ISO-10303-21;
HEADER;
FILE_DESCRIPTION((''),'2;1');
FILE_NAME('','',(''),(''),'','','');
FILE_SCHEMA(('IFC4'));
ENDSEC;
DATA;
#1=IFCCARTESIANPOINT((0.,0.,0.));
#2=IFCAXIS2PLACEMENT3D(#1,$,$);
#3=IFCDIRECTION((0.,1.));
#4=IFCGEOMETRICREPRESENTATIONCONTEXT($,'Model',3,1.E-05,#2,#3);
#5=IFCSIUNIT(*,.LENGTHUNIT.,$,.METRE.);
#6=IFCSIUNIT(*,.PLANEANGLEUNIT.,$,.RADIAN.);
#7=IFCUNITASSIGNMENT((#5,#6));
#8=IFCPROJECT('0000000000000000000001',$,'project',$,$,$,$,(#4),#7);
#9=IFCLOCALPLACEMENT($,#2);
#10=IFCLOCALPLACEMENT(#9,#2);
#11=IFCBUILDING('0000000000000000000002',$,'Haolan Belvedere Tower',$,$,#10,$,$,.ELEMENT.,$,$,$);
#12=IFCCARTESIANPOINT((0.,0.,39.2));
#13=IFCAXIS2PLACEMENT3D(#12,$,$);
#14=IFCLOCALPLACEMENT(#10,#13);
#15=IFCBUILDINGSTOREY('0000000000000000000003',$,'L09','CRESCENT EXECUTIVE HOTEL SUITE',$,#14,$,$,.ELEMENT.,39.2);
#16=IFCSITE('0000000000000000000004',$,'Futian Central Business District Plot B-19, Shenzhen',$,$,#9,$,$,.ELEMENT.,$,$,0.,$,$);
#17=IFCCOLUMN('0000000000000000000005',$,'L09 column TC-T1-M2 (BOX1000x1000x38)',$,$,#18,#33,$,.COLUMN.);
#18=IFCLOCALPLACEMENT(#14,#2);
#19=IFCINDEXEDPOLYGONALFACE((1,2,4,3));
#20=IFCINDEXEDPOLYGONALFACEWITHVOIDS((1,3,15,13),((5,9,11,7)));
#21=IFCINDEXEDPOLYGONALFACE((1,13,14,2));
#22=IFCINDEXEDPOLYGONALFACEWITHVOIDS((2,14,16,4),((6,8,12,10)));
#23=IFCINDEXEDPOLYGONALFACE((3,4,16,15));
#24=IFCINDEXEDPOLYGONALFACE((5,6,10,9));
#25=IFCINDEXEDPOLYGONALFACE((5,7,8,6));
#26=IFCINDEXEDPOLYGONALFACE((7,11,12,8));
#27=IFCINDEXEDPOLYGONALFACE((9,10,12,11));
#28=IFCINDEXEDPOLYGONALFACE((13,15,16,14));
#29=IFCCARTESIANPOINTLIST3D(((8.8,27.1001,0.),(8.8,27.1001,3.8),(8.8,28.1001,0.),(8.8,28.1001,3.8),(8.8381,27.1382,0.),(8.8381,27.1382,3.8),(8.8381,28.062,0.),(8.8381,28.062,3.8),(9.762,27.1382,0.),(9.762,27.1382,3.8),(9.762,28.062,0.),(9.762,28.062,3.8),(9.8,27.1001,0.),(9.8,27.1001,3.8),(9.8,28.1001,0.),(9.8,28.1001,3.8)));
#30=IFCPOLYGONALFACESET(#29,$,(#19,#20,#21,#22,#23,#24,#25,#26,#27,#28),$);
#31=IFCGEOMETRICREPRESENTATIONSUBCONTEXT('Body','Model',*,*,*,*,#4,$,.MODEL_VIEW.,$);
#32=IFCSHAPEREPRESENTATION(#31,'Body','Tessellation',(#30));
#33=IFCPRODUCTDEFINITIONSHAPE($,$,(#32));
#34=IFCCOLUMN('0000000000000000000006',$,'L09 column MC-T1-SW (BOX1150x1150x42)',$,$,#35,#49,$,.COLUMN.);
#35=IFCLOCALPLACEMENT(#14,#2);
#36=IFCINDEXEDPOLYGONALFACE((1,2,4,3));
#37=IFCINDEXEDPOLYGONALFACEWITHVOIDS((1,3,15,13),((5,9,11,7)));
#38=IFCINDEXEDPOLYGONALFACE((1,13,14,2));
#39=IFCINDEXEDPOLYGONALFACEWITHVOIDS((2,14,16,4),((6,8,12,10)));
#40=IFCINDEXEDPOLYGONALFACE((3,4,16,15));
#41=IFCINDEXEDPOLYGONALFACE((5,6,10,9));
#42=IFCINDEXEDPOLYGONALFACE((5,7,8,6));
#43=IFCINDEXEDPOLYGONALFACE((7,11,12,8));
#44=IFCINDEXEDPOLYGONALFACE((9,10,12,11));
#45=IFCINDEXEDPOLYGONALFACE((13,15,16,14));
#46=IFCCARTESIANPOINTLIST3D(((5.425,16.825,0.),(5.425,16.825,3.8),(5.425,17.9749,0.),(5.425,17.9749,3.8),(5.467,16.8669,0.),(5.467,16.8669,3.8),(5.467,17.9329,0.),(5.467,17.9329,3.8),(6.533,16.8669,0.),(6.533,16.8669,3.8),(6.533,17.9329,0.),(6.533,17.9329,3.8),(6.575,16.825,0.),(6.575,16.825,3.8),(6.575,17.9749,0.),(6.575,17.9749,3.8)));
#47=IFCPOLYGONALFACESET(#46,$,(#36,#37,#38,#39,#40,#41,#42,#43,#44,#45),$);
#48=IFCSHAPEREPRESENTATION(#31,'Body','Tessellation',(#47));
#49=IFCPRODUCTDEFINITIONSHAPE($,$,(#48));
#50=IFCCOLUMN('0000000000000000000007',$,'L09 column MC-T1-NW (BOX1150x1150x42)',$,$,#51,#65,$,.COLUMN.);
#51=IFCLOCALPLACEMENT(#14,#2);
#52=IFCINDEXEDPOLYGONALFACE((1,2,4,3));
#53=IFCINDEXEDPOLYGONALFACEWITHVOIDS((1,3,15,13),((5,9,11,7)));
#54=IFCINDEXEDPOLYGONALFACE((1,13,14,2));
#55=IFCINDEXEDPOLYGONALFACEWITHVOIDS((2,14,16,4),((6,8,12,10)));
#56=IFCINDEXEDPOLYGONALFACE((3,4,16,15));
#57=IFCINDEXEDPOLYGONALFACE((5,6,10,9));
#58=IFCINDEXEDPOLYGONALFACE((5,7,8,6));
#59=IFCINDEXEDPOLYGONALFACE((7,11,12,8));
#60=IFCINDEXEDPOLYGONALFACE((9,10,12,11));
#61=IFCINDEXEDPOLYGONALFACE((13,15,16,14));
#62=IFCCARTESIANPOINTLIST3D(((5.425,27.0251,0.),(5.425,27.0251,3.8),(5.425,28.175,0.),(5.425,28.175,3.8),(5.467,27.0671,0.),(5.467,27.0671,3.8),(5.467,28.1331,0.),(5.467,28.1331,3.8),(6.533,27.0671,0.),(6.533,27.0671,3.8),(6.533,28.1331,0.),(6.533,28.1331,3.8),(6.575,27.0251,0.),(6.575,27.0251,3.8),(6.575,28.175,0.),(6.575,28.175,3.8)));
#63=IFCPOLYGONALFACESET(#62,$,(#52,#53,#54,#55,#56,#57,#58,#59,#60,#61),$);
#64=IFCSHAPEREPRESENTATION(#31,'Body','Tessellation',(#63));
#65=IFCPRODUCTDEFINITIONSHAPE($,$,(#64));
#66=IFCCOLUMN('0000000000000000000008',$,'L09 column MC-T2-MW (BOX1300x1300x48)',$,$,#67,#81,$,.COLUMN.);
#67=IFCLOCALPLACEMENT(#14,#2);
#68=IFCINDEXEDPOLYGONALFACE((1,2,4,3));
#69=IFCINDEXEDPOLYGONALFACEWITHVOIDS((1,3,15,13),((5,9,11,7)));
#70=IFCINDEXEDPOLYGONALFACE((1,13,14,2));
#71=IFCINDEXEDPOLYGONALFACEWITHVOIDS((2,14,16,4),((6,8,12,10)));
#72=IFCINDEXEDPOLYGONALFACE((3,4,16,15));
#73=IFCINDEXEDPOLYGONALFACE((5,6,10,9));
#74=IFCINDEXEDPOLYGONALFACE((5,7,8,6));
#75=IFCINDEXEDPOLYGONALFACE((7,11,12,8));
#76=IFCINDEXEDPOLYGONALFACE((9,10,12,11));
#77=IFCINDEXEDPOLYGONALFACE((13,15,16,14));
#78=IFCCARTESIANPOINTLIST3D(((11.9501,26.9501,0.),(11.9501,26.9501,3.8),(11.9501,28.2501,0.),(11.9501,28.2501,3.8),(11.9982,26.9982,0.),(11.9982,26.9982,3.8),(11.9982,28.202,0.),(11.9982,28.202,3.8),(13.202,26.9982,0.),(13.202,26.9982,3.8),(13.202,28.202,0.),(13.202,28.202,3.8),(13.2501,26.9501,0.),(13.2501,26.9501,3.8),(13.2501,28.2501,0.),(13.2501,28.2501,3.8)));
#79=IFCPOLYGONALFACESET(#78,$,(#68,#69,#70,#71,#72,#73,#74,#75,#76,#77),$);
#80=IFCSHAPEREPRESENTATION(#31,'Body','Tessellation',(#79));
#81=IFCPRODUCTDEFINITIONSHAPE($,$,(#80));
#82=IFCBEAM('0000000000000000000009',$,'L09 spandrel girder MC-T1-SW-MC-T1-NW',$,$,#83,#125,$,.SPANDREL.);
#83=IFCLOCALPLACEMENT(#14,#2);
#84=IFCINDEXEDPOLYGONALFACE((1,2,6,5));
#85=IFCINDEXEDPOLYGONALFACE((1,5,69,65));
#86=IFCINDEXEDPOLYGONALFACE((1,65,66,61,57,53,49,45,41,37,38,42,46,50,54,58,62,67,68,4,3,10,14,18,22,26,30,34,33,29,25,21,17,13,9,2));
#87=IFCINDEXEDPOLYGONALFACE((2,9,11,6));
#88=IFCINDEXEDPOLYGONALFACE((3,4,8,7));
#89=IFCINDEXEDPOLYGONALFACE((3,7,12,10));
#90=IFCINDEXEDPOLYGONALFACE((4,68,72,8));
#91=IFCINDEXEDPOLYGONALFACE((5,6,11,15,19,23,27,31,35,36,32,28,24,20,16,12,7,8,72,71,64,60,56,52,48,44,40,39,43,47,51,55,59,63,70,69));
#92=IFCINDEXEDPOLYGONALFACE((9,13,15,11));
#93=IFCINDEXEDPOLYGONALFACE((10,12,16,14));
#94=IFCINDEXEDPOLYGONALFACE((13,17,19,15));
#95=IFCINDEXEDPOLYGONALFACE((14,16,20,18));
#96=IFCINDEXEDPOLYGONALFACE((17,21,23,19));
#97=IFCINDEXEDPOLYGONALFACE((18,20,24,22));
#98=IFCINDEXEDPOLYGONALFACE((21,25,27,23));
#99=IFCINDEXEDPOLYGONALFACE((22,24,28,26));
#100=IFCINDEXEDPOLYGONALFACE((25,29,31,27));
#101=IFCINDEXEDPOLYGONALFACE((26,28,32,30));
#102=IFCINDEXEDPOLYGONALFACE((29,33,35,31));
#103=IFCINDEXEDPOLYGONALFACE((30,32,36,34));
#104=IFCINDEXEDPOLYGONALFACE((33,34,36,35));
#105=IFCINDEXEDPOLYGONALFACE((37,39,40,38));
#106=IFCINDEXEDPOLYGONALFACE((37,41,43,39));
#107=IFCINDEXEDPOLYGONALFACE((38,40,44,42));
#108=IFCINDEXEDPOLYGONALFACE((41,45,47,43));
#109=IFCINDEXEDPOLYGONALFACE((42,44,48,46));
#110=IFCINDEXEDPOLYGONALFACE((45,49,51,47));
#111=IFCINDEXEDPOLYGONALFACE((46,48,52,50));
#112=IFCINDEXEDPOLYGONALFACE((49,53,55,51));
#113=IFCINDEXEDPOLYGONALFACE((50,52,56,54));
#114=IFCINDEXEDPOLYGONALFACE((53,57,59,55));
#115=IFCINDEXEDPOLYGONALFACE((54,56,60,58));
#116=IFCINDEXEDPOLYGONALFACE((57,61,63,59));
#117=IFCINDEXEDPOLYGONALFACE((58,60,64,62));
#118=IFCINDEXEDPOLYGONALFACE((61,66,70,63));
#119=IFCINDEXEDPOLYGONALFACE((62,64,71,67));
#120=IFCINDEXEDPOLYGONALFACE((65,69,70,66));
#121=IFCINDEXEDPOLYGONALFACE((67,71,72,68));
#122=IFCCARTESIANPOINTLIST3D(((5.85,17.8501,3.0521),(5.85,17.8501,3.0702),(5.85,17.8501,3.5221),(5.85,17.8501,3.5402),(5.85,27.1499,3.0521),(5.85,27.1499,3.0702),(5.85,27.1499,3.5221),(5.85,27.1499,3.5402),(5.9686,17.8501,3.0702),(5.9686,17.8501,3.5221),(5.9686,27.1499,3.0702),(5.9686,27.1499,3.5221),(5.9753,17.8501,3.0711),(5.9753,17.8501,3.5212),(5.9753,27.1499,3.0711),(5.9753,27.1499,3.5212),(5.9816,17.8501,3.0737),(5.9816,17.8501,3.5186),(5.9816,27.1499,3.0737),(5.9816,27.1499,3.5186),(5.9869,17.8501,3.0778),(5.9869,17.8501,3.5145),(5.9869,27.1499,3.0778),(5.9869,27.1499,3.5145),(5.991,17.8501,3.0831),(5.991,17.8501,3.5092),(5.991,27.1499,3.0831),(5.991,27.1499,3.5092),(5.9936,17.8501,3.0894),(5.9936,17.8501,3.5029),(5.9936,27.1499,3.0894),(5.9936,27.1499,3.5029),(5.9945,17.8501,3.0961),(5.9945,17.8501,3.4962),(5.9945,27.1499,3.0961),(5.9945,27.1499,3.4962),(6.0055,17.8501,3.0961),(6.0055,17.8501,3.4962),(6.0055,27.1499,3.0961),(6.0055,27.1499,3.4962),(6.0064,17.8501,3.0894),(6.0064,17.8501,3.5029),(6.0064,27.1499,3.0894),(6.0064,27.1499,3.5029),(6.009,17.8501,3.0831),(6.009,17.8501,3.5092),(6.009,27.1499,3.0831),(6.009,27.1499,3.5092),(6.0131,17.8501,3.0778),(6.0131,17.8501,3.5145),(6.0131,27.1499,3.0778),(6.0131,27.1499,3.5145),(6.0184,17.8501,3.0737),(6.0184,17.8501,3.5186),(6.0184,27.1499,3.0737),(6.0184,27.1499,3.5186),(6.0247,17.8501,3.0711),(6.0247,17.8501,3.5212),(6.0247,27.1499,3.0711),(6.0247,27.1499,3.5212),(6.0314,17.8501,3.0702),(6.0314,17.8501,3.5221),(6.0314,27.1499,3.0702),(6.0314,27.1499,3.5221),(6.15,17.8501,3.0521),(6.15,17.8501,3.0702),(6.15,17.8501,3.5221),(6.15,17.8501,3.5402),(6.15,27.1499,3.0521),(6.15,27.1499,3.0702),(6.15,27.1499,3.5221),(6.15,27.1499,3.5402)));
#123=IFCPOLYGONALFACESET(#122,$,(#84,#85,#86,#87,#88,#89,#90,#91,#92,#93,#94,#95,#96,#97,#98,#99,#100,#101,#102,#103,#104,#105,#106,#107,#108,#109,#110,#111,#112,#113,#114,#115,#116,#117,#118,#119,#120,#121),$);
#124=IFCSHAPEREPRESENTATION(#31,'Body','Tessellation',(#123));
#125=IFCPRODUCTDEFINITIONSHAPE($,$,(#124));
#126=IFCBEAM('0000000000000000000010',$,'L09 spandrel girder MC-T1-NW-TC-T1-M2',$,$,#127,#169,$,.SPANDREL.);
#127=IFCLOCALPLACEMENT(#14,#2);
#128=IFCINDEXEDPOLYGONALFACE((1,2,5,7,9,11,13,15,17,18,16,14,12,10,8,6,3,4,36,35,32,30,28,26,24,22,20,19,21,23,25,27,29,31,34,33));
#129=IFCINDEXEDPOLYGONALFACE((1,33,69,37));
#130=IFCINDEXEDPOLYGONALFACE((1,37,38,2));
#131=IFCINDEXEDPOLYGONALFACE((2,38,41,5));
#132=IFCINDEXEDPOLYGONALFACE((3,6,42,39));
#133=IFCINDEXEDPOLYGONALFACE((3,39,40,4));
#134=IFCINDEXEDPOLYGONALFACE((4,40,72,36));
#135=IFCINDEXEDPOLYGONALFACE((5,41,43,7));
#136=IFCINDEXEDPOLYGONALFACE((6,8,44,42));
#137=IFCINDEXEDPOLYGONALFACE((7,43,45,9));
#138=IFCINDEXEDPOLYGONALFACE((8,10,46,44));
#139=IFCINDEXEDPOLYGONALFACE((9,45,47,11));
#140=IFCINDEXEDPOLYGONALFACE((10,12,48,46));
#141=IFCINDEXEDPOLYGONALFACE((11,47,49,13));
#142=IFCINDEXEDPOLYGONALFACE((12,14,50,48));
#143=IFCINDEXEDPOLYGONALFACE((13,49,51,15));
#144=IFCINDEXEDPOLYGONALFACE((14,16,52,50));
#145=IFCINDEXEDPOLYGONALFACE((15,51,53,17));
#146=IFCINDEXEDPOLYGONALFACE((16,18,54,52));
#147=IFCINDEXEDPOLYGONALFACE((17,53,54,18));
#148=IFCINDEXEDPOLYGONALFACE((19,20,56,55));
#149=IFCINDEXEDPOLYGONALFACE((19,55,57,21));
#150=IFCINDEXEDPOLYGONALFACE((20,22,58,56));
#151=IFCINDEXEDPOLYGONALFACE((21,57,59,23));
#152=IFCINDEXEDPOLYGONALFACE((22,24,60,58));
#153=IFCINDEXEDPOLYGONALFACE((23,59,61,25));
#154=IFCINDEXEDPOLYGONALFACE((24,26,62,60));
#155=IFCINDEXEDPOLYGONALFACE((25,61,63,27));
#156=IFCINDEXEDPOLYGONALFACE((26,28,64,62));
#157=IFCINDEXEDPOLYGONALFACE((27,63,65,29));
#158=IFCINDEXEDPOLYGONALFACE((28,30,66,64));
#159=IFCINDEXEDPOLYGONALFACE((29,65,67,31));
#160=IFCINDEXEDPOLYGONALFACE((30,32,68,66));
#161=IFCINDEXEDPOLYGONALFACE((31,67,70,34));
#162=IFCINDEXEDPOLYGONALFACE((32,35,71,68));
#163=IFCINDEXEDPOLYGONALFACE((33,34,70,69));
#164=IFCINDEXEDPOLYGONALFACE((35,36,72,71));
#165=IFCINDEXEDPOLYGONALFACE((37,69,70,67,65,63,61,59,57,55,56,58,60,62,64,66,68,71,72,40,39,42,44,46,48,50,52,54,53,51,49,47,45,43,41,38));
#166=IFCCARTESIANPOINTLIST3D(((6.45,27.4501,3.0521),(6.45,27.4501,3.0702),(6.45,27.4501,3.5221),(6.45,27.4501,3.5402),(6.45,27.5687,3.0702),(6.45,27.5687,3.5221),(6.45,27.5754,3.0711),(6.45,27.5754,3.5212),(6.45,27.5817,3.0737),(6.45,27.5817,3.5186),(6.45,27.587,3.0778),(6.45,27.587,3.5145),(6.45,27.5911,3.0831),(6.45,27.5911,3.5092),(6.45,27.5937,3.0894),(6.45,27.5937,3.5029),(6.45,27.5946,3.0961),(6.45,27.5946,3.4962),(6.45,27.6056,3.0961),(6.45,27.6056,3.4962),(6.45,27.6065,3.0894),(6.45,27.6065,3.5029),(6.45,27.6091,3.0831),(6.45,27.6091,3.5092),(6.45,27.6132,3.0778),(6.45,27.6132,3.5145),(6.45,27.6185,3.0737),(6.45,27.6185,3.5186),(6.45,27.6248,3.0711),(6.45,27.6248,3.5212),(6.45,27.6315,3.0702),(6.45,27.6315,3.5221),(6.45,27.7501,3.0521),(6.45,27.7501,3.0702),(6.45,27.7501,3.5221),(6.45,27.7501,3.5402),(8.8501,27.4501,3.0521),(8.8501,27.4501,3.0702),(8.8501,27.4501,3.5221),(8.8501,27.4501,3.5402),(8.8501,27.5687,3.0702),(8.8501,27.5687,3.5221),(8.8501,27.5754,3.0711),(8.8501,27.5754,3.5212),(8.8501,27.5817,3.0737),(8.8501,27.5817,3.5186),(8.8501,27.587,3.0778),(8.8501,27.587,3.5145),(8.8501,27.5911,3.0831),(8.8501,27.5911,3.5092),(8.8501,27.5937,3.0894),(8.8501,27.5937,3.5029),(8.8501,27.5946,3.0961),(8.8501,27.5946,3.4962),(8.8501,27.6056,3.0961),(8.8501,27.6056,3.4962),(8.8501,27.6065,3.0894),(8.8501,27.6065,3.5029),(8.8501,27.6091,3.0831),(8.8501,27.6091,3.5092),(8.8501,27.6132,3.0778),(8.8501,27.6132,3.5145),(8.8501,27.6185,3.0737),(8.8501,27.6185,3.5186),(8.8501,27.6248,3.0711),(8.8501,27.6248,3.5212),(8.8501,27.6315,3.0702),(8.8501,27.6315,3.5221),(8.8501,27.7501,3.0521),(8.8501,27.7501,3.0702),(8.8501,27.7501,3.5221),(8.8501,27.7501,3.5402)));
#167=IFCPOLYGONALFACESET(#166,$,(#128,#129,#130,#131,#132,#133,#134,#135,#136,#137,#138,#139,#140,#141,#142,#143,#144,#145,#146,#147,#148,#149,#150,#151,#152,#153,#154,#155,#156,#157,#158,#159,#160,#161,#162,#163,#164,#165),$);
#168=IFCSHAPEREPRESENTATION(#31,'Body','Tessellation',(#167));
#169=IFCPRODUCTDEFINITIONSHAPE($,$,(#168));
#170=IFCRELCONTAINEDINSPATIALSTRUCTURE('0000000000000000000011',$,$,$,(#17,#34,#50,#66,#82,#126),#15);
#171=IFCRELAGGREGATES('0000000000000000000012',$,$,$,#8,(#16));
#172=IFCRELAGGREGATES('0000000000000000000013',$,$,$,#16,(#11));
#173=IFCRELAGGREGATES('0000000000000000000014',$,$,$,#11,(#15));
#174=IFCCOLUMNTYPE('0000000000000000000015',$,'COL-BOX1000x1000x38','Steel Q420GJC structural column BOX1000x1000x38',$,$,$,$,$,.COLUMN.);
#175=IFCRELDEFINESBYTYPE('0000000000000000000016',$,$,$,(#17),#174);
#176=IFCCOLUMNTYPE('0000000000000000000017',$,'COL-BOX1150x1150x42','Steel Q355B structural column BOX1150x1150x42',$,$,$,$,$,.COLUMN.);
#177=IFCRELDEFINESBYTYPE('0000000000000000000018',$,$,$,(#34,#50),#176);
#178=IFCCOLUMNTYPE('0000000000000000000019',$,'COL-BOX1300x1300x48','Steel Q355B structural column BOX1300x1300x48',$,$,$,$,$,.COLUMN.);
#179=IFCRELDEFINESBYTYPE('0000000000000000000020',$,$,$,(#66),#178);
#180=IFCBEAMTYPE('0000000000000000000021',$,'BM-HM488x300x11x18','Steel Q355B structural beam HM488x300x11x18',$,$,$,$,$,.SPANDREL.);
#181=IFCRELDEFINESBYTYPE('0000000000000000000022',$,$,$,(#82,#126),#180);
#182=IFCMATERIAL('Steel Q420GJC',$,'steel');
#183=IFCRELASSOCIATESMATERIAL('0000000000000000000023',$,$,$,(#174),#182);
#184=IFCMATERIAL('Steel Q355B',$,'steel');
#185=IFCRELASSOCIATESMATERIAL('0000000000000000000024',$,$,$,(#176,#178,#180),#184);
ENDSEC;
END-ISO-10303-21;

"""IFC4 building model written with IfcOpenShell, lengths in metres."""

from ifc_helpers import new_model, si_unit, direction, frame, origin, origin_2d, place, context, subcontext, project, spatial, hollow_rectangle, i_section, extrude, material, material_profile, profile_set, type_object, element, save


model = new_model("IFC4")

# Units and contexts
model_context = context("Model", 3, precision=1e-05, world=origin(), true_north=direction((0.0, 1.0)))
body_context = subcontext(model_context, "Body", "Model", "MODEL_VIEW")
ifc_project = project(units=[si_unit("LENGTHUNIT", "METRE"), si_unit("PLANEANGLEUNIT", "RADIAN")], contexts=[model_context])

# Site, building, storey
site_placement = place(None, origin())
site = spatial("IfcSite", under=ifc_project, at=site_placement, Name="Futian Central Business District Plot B-19, Shenzhen", CompositionType="ELEMENT", RefElevation=0.0)
building_placement = place(site_placement, origin())
building = spatial("IfcBuilding", under=site, at=building_placement, Name="Haolan Belvedere Tower", CompositionType="ELEMENT")
storey_placement = place(building_placement, frame((0.0, 0.0, 39.2)))
storey = spatial("IfcBuildingStorey", under=building, at=storey_placement, Name="L09", Description="CRESCENT EXECUTIVE HOTEL SUITE", CompositionType="ELEMENT", Elevation=39.2)

# Columns
ifc_material_1 = material(Name="Steel Q420GJC", Category="steel")
ifc_material_profile_1 = material_profile(ifc_material_1, hollow_rectangle(XDim=1.0, YDim=1.0, WallThickness=0.0381, at=origin_2d()), Name="Steel Q420GJC")
ifc_profile_set_1 = profile_set([ifc_material_profile_1], Name="Steel Q420GJC")
column_type_1 = type_object("IfcColumnType", Name="COL-BOX1000x1000x38", Description="Steel Q420GJC structural column BOX1000x1000x38", PredefinedType="COLUMN", material=ifc_profile_set_1)
column_1_placement = place(storey_placement, frame((9.3, 27.6001, 0.0), z_axis=(0.0, 0.0, 1.0), x_axis=(1.0, 0.0, 0.0)))
element("IfcColumn", 1, at=column_1_placement, inside=storey, type_object=column_type_1, Name="L09 column TC-T1-M2 (BOX1000x1000x38)", PredefinedType="COLUMN", context=body_context, shape_type="SweptSolid", body=[
    extrude(hollow_rectangle(XDim=1.0, YDim=1.0, WallThickness=0.0381, at=origin_2d()), origin(), (0.0, 0.0, 1.0), 3.8),
])
ifc_material_2 = material(Name="Steel Q355B", Category="steel")
ifc_material_profile_2 = material_profile(ifc_material_2, hollow_rectangle(XDim=1.1499, YDim=1.1499, WallThickness=0.042, at=origin_2d()), Name="Steel Q355B")
ifc_profile_set_2 = profile_set([ifc_material_profile_2], Name="Steel Q355B")
column_type_2 = type_object("IfcColumnType", Name="COL-BOX1150x1150x42", Description="Steel Q355B structural column BOX1150x1150x42", PredefinedType="COLUMN", material=ifc_profile_set_2)
for number, where, z_axis, x_axis, name in (
    (2, (6.0, 17.3999, 0.0), (0.0, 0.0, 1.0), (1.0, 0.0, 0.0), "L09 column MC-T1-SW (BOX1150x1150x42)"),
    (3, (6.0, 27.6001, 0.0), (0.0, 0.0, 1.0), (1.0, 0.0, 0.0), "L09 column MC-T1-NW (BOX1150x1150x42)"),
):
    element("IfcColumn", number, at=place(storey_placement, frame(where, z_axis=z_axis, x_axis=x_axis)), inside=storey, type_object=column_type_2, Name=name, PredefinedType="COLUMN", context=body_context, shape_type="SweptSolid", body=[
        extrude(hollow_rectangle(XDim=1.1499, YDim=1.1499, WallThickness=0.042, at=origin_2d()), origin(), (0.0, 0.0, 1.0), 3.8),
    ])
ifc_material_profile_3 = material_profile(ifc_material_2, hollow_rectangle(XDim=1.3, YDim=1.3, WallThickness=0.0481, at=origin_2d()), Name="Steel Q355B")
ifc_profile_set_3 = profile_set([ifc_material_profile_3], Name="Steel Q355B")
column_type_3 = type_object("IfcColumnType", Name="COL-BOX1300x1300x48", Description="Steel Q355B structural column BOX1300x1300x48", PredefinedType="COLUMN", material=ifc_profile_set_3)
column_2_placement = place(storey_placement, frame((12.6001, 27.6001, 0.0), z_axis=(0.0, 0.0, 1.0), x_axis=(1.0, 0.0, 0.0)))
element("IfcColumn", 4, at=column_2_placement, inside=storey, type_object=column_type_3, Name="L09 column MC-T2-MW (BOX1300x1300x48)", PredefinedType="COLUMN", context=body_context, shape_type="SweptSolid", body=[
    extrude(hollow_rectangle(XDim=1.3, YDim=1.3, WallThickness=0.0481, at=origin_2d()), origin(), (0.0, 0.0, 1.0), 3.8),
])

# Beams
ifc_material_profile_4 = material_profile(ifc_material_2, i_section(OverallWidth=0.3, OverallDepth=0.488, WebThickness=0.011, FlangeThickness=0.0181, FilletRadius=0.0259, at=origin_2d()), Name="Steel Q355B")
ifc_profile_set_4 = profile_set([ifc_material_profile_4], Name="Steel Q355B")
beam_type = type_object("IfcBeamType", Name="BM-HM488x300x11x18", Description="Steel Q355B structural beam HM488x300x11x18", PredefinedType="SPANDREL", material=ifc_profile_set_4)
beam_1_placement = place(storey_placement, frame((6.0, 17.8501, 3.2961), z_axis=(0.0, 1.0, 0.0), x_axis=(-1.0, 0.0, 0.0)))
element("IfcBeam", 5, at=beam_1_placement, inside=storey, type_object=beam_type, Name="L09 spandrel girder MC-T1-SW-MC-T1-NW", PredefinedType="SPANDREL", context=body_context, shape_type="SweptSolid", body=[
    extrude(i_section(OverallWidth=0.3, OverallDepth=0.488, WebThickness=0.011, FlangeThickness=0.0181, FilletRadius=0.0259, at=origin_2d()), origin(), (0.0, 0.0, 1.0), 9.2998),
])
beam_2_placement = place(storey_placement, frame((6.45, 27.6001, 3.2961), z_axis=(1.0, 0.0, 0.0), x_axis=(0.0, 1.0, 0.0)))
element("IfcBeam", 6, at=beam_2_placement, inside=storey, type_object=beam_type, Name="L09 spandrel girder MC-T1-NW-TC-T1-M2", PredefinedType="SPANDREL", context=body_context, shape_type="SweptSolid", body=[
    extrude(i_section(OverallWidth=0.3, OverallDepth=0.488, WebThickness=0.011, FlangeThickness=0.0181, FilletRadius=0.0259, at=origin_2d()), origin(), (0.0, 0.0, 1.0), 2.4001),
])

save(model, "model.ifc")
